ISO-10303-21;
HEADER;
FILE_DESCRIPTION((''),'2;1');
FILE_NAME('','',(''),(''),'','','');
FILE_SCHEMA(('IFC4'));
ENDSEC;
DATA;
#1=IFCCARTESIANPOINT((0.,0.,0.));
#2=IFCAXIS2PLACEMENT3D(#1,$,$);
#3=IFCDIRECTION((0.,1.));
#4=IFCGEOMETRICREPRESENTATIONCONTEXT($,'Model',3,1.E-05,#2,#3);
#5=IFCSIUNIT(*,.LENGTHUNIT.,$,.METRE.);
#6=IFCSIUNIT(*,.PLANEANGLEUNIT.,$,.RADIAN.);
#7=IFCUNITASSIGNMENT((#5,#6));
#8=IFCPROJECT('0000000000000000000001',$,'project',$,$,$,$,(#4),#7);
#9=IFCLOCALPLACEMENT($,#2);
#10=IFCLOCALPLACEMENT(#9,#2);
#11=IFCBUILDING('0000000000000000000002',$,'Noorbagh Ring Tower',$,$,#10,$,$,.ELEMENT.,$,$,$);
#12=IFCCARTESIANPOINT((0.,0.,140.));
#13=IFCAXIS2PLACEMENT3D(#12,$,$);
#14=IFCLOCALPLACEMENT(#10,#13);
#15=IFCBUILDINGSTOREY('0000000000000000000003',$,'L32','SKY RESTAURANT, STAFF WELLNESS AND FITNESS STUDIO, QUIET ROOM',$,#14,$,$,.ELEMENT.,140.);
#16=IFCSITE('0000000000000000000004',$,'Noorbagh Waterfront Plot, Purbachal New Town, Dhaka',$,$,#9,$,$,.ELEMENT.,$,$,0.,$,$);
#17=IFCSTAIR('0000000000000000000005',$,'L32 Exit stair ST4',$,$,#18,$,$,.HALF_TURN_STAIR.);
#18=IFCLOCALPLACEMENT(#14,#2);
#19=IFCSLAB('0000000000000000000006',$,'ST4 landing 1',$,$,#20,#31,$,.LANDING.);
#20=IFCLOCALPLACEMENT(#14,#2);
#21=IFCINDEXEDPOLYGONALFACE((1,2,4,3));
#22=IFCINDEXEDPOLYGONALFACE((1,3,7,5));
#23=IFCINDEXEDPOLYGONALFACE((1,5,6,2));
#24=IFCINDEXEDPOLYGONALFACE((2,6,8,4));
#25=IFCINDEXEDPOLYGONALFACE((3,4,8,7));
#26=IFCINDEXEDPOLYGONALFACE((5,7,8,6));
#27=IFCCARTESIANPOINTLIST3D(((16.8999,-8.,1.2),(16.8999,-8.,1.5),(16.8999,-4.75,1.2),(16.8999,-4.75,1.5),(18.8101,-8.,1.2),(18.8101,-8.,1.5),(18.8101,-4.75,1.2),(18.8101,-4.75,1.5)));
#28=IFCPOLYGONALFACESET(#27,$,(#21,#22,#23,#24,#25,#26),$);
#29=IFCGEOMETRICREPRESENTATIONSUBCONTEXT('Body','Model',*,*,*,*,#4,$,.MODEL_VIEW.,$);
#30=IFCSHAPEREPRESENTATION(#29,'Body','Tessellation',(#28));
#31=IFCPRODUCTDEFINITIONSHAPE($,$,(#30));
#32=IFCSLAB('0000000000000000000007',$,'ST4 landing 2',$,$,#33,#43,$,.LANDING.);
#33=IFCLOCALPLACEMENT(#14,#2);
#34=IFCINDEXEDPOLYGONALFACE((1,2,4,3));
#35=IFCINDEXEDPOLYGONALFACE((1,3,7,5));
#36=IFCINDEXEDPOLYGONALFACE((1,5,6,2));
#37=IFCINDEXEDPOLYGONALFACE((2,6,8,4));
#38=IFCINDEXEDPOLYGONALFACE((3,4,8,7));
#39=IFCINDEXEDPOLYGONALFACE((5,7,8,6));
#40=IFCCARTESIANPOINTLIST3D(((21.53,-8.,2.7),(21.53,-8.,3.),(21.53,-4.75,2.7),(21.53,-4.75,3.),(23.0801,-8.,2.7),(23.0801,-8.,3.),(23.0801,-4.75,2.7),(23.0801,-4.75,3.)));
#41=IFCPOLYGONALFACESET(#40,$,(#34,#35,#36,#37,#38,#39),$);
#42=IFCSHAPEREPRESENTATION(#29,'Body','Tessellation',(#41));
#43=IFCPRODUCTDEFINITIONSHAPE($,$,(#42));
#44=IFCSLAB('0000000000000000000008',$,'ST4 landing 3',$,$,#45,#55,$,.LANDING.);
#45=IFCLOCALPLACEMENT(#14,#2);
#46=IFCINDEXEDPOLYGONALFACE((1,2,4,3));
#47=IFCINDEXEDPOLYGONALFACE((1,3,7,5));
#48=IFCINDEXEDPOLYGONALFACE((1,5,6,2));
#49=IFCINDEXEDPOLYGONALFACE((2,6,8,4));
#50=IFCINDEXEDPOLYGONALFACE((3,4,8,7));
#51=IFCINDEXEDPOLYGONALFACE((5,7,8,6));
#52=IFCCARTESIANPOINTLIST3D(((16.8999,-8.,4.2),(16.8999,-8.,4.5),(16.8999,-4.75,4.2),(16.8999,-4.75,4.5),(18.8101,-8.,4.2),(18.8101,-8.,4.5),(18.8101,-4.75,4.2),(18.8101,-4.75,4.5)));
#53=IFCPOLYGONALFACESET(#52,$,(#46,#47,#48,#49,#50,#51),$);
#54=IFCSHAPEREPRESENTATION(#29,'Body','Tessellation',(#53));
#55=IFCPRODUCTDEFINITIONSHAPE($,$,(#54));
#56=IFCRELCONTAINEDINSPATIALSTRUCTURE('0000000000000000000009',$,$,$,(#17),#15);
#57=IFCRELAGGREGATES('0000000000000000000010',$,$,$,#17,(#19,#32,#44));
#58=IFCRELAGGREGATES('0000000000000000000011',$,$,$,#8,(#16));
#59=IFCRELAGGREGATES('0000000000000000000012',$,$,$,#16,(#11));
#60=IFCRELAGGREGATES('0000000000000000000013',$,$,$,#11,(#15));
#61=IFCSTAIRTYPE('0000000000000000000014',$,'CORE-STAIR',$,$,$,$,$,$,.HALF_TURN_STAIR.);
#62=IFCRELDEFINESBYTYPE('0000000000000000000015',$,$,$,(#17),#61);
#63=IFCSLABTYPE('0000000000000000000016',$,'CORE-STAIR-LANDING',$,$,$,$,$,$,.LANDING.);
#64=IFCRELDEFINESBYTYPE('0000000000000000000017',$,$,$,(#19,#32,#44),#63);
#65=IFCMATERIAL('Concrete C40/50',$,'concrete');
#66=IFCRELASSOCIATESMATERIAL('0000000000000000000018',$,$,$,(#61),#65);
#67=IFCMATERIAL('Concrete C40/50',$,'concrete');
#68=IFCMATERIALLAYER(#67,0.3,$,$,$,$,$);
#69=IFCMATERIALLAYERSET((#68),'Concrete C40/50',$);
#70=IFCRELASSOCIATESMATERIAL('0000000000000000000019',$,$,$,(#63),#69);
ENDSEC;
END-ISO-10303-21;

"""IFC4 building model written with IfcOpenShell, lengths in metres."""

from ifc_helpers import new_model, si_unit, direction, frame, origin, place, context, subcontext, project, spatial, polyline, outline, extrude, material, layer, layer_set, type_object, element, aggregate, save


model = new_model("IFC4")

# Units and contexts
model_context = context("Model", 3, precision=1e-05, world=origin(), true_north=direction((0.0, 1.0)))
body_context = subcontext(model_context, "Body", "Model", "MODEL_VIEW")
ifc_project = project(units=[si_unit("LENGTHUNIT", "METRE"), si_unit("PLANEANGLEUNIT", "RADIAN")], contexts=[model_context])

# Site, building, storey
site_placement = place(None, origin())
site = spatial("IfcSite", under=ifc_project, at=site_placement, Name="Noorbagh Waterfront Plot, Purbachal New Town, Dhaka", CompositionType="ELEMENT", RefElevation=0.0)
building_placement = place(site_placement, origin())
building = spatial("IfcBuilding", under=site, at=building_placement, Name="Noorbagh Ring Tower", CompositionType="ELEMENT")
storey_placement = place(building_placement, frame((0.0, 0.0, 140.0)))
storey = spatial("IfcBuildingStorey", under=building, at=storey_placement, Name="L32", Description="SKY RESTAURANT, STAFF WELLNESS AND FITNESS STUDIO, QUIET ROOM", CompositionType="ELEMENT", Elevation=140.0)

# Stair, slabs
ifc_material_1 = material(Name="Concrete C40/50", Category="concrete")
stair_type = type_object("IfcStairType", Name="CORE-STAIR", PredefinedType="HALF_TURN_STAIR", material=ifc_material_1)
ifc_material_2 = material(Name="Concrete C40/50", Category="concrete")
ifc_layer_1 = layer(ifc_material_2, 0.3)
ifc_layer_set_1 = layer_set([ifc_layer_1], Name="Concrete C40/50")
slab_type_1 = type_object("IfcSlabType", Name="CORE-STAIR-LANDING", PredefinedType="LANDING", material=ifc_layer_set_1)
stair_1_placement = place(storey_placement, origin())
stair_1 = element("IfcStair", 1, at=stair_1_placement, inside=storey, type_object=stair_type, Name="L32 Exit stair ST4", PredefinedType="HALF_TURN_STAIR")
slab_1_placement = place(storey_placement, frame((0.0, 0.0, 1.2)))
slab_1 = element("IfcSlab", 2, at=slab_1_placement, type_object=slab_type_1, Name="ST4 landing 1", PredefinedType="LANDING", context=body_context, shape_type="SweptSolid", body=[
    extrude(outline(polyline([(18.8101, -4.75), (16.8999, -4.75), (16.8999, -8.0), (18.8101, -8.0), (18.8101, -4.75)])), origin(), (0.0, 0.0, 1.0), 0.3),
])
slab_2_placement = place(storey_placement, frame((0.0, 0.0, 2.7)))
slab_2 = element("IfcSlab", 3, at=slab_2_placement, type_object=slab_type_1, Name="ST4 landing 2", PredefinedType="LANDING", context=body_context, shape_type="SweptSolid", body=[
    extrude(outline(polyline([(23.0801, -4.75), (21.53, -4.75), (21.53, -8.0), (23.0801, -8.0), (23.0801, -4.75)])), origin(), (0.0, 0.0, 1.0), 0.3),
])
slab_3_placement = place(storey_placement, frame((0.0, 0.0, 4.2)))
slab_3 = element("IfcSlab", 4, at=slab_3_placement, type_object=slab_type_1, Name="ST4 landing 3", PredefinedType="LANDING", context=body_context, shape_type="SweptSolid", body=[
    extrude(outline(polyline([(18.8101, -4.75), (16.8999, -4.75), (16.8999, -8.0), (18.8101, -8.0), (18.8101, -4.75)])), origin(), (0.0, 0.0, 1.0), 0.3),
])
aggregate(stair_1, [slab_1, slab_2, slab_3])

save(model, "model.ifc")
